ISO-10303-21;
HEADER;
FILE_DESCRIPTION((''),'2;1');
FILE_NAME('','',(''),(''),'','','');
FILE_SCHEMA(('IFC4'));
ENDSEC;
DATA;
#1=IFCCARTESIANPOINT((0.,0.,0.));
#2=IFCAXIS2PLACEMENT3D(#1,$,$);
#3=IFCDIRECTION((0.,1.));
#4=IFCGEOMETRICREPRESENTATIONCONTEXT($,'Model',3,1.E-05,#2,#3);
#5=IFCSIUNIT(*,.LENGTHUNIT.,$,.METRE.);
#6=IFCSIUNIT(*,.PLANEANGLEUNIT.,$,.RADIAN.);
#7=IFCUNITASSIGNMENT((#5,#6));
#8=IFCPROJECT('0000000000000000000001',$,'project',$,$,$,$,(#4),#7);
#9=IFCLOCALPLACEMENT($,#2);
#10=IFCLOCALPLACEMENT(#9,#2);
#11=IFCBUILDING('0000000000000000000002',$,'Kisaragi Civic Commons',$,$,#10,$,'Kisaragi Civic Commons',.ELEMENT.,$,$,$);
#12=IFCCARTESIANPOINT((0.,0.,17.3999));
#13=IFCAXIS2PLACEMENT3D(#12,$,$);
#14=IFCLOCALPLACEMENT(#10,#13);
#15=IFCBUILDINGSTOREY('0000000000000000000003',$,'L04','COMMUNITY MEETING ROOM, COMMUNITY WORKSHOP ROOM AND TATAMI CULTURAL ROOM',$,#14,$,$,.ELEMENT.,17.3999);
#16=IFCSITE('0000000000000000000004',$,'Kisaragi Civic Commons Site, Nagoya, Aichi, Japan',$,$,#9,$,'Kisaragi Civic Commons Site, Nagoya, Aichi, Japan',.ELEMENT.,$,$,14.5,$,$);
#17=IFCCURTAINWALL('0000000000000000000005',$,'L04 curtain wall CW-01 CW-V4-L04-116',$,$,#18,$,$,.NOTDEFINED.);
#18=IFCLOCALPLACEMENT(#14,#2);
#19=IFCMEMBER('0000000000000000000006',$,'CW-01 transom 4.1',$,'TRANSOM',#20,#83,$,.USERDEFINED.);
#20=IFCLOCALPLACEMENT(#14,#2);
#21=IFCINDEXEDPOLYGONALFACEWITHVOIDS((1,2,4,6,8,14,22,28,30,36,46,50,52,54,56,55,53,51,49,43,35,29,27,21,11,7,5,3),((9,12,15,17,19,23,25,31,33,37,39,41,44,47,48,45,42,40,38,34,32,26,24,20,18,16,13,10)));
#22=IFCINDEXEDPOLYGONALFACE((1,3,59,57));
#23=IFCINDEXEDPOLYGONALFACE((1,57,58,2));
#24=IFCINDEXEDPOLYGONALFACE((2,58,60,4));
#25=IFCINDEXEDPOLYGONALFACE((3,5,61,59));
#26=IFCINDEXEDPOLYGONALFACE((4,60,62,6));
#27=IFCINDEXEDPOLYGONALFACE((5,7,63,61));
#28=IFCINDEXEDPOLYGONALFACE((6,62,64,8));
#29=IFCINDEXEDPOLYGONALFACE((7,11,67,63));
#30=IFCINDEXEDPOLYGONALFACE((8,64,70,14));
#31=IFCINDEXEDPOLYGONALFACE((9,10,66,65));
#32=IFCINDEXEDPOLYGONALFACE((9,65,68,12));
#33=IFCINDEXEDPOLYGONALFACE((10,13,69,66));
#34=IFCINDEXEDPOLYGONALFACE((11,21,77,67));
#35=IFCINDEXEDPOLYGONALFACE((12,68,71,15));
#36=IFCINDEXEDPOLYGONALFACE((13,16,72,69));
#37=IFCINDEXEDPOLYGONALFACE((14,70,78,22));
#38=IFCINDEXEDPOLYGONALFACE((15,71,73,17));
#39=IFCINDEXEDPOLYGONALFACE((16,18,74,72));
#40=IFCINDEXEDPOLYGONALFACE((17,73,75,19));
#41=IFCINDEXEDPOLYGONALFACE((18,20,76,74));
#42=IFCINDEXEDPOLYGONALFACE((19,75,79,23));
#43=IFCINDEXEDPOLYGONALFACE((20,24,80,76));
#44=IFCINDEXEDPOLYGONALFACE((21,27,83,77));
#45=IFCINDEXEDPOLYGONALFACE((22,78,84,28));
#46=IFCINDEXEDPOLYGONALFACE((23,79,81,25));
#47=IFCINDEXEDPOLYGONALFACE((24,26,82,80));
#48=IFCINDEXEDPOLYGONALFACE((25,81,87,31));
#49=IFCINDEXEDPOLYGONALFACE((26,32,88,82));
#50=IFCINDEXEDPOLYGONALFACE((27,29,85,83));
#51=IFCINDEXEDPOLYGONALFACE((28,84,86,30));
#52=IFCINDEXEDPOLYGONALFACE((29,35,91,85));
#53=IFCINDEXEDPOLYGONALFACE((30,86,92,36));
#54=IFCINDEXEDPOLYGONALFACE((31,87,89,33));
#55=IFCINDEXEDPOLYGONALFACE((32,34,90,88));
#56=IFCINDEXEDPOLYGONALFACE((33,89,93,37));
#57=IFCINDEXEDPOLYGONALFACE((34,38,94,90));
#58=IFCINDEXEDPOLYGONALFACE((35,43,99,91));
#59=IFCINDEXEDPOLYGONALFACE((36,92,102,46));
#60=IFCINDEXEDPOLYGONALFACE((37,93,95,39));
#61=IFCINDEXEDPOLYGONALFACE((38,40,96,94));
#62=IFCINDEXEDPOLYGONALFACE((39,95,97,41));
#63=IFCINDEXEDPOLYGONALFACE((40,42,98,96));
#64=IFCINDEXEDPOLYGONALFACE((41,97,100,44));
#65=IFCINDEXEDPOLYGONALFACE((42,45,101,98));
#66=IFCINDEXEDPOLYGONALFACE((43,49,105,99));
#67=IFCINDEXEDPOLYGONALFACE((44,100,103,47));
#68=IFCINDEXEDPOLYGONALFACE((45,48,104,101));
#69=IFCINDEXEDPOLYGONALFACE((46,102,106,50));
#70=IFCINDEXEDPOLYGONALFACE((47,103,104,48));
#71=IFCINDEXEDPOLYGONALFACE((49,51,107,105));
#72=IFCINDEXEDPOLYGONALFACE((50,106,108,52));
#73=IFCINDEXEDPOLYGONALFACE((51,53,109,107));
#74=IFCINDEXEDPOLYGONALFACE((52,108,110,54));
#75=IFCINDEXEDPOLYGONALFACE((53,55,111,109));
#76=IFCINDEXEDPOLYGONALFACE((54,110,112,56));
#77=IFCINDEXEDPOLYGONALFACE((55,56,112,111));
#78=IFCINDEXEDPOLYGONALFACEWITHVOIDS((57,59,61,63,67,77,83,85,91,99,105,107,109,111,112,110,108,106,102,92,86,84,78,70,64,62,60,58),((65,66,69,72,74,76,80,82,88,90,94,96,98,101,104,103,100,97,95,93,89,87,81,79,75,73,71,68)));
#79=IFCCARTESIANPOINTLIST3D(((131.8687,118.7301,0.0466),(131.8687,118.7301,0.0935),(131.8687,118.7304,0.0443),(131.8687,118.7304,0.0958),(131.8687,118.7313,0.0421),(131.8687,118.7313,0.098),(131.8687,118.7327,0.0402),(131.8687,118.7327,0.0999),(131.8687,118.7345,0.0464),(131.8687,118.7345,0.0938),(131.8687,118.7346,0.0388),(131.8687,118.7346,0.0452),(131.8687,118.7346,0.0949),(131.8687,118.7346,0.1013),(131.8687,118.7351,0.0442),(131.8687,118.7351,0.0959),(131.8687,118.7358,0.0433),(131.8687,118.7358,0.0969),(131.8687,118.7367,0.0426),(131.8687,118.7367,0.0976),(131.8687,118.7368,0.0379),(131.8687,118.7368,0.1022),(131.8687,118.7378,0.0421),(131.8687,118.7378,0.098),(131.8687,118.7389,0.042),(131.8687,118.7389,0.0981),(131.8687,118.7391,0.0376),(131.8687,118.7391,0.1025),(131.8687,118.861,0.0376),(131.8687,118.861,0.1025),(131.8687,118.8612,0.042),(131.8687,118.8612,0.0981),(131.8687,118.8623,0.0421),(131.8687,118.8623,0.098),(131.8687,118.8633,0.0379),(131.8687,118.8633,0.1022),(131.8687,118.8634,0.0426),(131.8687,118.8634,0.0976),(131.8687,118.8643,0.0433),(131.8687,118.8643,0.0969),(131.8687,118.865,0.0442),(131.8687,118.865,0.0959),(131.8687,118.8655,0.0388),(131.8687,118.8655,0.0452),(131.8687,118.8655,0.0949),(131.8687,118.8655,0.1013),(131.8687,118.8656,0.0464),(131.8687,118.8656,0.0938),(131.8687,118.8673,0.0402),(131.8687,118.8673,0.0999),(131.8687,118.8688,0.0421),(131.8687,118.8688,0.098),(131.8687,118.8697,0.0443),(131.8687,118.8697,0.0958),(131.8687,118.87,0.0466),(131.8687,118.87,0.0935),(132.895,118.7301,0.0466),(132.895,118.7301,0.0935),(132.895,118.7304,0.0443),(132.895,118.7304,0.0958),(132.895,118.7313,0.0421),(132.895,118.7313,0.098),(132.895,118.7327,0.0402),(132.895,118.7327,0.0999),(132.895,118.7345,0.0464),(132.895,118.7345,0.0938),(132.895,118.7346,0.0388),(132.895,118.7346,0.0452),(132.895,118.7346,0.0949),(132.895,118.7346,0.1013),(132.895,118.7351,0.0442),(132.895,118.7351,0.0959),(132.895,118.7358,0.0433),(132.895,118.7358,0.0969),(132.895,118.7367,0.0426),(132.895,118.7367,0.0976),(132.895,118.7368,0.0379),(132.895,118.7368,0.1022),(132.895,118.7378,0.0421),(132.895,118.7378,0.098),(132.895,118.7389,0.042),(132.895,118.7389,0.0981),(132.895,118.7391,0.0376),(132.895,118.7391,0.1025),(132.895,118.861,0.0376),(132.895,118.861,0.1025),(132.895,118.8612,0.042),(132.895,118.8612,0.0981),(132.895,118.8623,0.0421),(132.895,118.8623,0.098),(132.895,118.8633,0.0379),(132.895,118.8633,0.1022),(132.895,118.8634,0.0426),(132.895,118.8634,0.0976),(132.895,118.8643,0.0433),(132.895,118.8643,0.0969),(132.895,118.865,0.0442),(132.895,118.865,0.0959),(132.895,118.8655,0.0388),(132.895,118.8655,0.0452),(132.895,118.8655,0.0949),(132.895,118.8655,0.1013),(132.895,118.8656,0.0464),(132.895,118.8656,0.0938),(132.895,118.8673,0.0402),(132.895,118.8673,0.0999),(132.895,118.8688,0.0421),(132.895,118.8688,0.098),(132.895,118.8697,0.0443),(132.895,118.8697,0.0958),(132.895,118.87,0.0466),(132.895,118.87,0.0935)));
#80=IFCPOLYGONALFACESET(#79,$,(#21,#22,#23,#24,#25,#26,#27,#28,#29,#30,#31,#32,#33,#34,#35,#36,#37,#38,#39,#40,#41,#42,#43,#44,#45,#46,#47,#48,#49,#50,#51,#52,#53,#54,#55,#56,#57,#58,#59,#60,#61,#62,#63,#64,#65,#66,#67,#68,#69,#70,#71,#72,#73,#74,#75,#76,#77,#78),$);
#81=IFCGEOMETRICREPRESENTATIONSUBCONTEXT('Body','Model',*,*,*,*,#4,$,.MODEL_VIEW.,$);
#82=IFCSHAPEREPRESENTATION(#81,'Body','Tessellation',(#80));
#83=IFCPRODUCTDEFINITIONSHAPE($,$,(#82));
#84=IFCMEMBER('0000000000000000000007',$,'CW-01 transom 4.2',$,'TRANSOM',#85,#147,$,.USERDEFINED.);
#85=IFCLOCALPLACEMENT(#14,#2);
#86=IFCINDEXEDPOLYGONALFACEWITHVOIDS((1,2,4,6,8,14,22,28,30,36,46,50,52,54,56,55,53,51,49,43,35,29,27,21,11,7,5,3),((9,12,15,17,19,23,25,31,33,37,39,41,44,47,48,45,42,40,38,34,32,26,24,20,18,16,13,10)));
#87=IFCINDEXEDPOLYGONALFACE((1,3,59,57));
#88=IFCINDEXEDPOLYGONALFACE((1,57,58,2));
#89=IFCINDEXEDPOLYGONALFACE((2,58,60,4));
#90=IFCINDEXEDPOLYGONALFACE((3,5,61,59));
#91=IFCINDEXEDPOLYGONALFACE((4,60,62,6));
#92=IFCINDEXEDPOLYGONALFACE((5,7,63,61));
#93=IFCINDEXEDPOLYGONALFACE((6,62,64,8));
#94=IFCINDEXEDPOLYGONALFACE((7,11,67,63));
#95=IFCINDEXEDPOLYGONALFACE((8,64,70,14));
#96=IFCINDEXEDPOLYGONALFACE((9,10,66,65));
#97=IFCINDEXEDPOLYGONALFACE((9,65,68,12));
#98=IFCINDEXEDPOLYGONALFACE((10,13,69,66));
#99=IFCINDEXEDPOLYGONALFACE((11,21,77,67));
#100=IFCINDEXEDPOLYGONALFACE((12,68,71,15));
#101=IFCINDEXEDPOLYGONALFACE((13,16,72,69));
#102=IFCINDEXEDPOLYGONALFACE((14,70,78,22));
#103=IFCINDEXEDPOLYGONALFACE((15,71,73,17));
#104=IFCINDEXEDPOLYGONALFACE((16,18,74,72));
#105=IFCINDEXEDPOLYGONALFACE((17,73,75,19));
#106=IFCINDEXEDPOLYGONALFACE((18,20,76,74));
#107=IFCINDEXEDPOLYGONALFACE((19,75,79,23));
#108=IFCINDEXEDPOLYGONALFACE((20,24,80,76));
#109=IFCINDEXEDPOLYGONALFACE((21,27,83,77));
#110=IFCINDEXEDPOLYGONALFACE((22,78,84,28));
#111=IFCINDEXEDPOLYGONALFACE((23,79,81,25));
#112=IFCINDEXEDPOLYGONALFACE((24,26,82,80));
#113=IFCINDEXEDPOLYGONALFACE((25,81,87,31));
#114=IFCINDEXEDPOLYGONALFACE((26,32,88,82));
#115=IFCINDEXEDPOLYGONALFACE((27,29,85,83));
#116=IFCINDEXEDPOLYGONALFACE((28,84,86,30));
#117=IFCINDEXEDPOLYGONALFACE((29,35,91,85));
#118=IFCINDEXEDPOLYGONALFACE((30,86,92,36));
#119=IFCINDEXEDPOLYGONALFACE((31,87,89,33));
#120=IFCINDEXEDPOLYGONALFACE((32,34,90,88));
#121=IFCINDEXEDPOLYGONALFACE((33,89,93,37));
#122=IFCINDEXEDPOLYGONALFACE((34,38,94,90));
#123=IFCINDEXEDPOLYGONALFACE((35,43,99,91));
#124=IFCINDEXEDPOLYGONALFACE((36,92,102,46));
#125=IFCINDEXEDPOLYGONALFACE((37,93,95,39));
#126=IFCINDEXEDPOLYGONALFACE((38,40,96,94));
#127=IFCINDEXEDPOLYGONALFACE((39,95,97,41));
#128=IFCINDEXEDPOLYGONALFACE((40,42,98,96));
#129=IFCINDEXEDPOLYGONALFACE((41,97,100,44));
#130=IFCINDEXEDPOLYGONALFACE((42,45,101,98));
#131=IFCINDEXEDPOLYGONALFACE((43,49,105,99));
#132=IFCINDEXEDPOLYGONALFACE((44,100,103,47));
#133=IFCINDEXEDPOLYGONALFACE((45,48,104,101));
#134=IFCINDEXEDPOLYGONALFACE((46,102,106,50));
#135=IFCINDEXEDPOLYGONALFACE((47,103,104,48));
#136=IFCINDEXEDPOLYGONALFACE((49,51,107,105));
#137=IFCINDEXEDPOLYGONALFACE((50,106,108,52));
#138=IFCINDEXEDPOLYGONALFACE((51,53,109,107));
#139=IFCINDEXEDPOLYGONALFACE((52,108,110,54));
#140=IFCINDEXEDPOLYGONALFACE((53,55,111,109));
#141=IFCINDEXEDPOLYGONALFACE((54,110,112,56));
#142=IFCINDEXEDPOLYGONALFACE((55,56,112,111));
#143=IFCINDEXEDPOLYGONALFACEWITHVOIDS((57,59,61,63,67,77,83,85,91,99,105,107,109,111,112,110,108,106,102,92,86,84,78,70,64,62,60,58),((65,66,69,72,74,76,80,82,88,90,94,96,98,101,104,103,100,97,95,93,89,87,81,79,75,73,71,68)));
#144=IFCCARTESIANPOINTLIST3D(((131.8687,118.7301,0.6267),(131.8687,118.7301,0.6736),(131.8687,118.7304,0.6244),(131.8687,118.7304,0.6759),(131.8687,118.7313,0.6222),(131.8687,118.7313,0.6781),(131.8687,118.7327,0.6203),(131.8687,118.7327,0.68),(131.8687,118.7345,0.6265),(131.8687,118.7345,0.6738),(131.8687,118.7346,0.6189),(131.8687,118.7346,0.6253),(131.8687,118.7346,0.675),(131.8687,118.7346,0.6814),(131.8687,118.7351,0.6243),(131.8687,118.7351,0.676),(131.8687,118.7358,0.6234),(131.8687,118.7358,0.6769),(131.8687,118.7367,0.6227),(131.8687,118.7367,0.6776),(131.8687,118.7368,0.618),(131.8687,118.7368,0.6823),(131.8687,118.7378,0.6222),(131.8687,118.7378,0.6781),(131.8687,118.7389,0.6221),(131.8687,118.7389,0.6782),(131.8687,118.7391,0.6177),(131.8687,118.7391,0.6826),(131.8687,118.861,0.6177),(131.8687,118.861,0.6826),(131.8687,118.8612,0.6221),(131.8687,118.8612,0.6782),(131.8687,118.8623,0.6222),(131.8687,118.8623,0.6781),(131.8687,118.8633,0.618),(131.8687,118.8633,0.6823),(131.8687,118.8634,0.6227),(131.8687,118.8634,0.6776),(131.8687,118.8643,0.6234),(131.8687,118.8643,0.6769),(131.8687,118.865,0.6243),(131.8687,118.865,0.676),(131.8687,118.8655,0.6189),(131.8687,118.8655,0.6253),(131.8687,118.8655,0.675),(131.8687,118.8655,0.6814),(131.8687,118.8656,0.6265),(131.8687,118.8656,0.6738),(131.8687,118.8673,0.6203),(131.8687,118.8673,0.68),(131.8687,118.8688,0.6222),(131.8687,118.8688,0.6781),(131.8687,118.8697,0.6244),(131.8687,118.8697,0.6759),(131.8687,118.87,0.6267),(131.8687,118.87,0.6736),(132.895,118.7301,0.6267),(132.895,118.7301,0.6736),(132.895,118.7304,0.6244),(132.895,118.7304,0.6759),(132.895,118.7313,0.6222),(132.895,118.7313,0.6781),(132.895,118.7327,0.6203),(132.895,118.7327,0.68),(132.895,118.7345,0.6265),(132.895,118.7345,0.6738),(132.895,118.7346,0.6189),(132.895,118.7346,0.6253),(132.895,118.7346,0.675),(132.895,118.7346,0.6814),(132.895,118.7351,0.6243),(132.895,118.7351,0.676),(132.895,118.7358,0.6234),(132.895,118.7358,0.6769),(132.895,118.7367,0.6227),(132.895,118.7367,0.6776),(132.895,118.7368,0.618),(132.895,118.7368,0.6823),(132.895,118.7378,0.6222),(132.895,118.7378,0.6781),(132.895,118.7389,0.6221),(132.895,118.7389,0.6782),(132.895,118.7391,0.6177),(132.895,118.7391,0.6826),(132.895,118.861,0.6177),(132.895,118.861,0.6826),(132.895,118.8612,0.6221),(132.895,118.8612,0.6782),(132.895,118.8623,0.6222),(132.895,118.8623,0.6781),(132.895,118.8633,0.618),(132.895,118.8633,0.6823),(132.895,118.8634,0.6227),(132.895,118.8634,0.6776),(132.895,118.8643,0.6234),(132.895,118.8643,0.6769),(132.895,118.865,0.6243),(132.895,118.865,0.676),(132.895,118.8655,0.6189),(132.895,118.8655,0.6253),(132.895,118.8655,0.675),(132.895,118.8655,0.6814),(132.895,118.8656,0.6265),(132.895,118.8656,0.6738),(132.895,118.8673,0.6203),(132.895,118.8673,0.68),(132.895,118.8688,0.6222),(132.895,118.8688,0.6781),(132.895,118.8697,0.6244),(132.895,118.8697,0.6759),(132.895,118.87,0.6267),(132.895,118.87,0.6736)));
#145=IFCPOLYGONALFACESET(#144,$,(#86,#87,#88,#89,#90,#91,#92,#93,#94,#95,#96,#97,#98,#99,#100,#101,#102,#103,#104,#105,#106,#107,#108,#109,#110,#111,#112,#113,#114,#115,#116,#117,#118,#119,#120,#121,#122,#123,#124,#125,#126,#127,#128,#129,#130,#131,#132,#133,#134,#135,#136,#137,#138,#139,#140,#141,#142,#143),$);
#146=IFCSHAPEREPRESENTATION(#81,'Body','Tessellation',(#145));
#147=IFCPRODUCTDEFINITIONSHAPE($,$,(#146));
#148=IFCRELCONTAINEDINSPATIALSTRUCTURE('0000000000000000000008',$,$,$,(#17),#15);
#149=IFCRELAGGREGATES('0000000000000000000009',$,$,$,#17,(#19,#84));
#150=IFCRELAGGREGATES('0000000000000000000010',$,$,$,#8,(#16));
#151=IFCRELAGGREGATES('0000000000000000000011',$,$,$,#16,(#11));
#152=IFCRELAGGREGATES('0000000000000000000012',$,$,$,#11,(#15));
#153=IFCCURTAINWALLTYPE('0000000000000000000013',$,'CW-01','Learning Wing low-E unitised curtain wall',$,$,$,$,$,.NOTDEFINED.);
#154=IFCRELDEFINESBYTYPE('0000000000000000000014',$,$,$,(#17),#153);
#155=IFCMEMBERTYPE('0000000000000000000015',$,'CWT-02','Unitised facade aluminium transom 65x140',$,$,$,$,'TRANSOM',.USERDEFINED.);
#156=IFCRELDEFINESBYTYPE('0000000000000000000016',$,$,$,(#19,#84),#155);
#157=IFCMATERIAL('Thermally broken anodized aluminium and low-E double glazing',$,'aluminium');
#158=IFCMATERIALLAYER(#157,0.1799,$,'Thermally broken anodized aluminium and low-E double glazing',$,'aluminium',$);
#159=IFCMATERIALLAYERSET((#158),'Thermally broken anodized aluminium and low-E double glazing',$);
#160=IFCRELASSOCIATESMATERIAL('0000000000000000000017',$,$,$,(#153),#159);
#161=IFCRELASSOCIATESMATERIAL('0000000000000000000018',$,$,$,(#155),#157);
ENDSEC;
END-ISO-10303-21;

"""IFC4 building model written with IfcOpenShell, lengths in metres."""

from ifc_helpers import new_model, si_unit, direction, frame, origin, origin_2d, place, context, subcontext, project, spatial, hollow_rectangle, extrude, material, layer, layer_set, material_profile, profile_set, type_object, element, aggregate, save


model = new_model("IFC4")

# Units and contexts
model_context = context("Model", 3, precision=1e-05, world=origin(), true_north=direction((0.0, 1.0)))
body_context = subcontext(model_context, "Body", "Model", "MODEL_VIEW")
ifc_project = project(units=[si_unit("LENGTHUNIT", "METRE"), si_unit("PLANEANGLEUNIT", "RADIAN")], contexts=[model_context])

# Site, building, storey
site_placement = place(None, origin())
site = spatial("IfcSite", under=ifc_project, at=site_placement, Name="Kisaragi Civic Commons Site, Nagoya, Aichi, Japan", LongName="Kisaragi Civic Commons Site, Nagoya, Aichi, Japan", CompositionType="ELEMENT", RefElevation=14.5)
building_placement = place(site_placement, origin())
building = spatial("IfcBuilding", under=site, at=building_placement, Name="Kisaragi Civic Commons", LongName="Kisaragi Civic Commons", CompositionType="ELEMENT")
storey_placement = place(building_placement, frame((0.0, 0.0, 17.3999)))
storey = spatial("IfcBuildingStorey", under=building, at=storey_placement, Name="L04", Description="COMMUNITY MEETING ROOM, COMMUNITY WORKSHOP ROOM AND TATAMI CULTURAL ROOM", CompositionType="ELEMENT", Elevation=17.3999)

# Shared definitions
ifc_material_1 = material(Name="Thermally broken anodized aluminium and low-E double glazing", Category="aluminium")
ifc_layer_1 = layer(ifc_material_1, 0.1799, Name="Thermally broken anodized aluminium and low-E double glazing", Category="aluminium")
ifc_layer_set_1 = layer_set([ifc_layer_1], Name="Thermally broken anodized aluminium and low-E double glazing")
curtain_wall_type = type_object("IfcCurtainWallType", Name="CW-01", Description="Learning Wing low-E unitised curtain wall", PredefinedType="NOTDEFINED", material=ifc_layer_set_1)

# Curtain wall, members
curtain_wall_1_placement = place(storey_placement, origin())
curtain_wall_1 = element("IfcCurtainWall", 1, at=curtain_wall_1_placement, inside=storey, type_object=curtain_wall_type, Name="L04 curtain wall CW-01 CW-V4-L04-116", PredefinedType="NOTDEFINED")
ifc_material_profile_1 = material_profile(ifc_material_1, hollow_rectangle(XDim=0.1399, YDim=0.0649, WallThickness=0.0044, InnerFilletRadius=0.0044, OuterFilletRadius=0.009, at=origin_2d()), Name="CWT-65x140x4.5", Category="aluminium")
ifc_profile_set_1 = profile_set([ifc_material_profile_1], Name="Thermally broken anodized aluminium and low-E double glazing")
member_type_1 = type_object("IfcMemberType", Name="CWT-02", Description="Unitised facade aluminium transom 65x140", ElementType="TRANSOM", PredefinedType="USERDEFINED", material=ifc_profile_set_1)
member_1_placement = place(storey_placement, frame((131.8687, 118.8, 0.0701), z_axis=(1.0, 0.0, 0.0), x_axis=(0.0, 1.0, 0.0)))
member_1 = element("IfcMember", 2, at=member_1_placement, type_object=member_type_1, Name="CW-01 transom 4.1", ObjectType="TRANSOM", PredefinedType="USERDEFINED", context=body_context, shape_type="SweptSolid", body=[
    extrude(hollow_rectangle(XDim=0.1399, YDim=0.0649, WallThickness=0.0044, InnerFilletRadius=0.0044, OuterFilletRadius=0.009, at=origin_2d()), origin(), (0.0, 0.0, 1.0), 1.0264),
])
member_2_placement = place(storey_placement, frame((131.8687, 118.8, 0.6501), z_axis=(1.0, 0.0, 0.0), x_axis=(0.0, 1.0, 0.0)))
member_2 = element("IfcMember", 3, at=member_2_placement, type_object=member_type_1, Name="CW-01 transom 4.2", ObjectType="TRANSOM", PredefinedType="USERDEFINED", context=body_context, shape_type="SweptSolid", body=[
    extrude(hollow_rectangle(XDim=0.1399, YDim=0.0649, WallThickness=0.0044, InnerFilletRadius=0.0044, OuterFilletRadius=0.009, at=origin_2d()), origin(), (0.0, 0.0, 1.0), 1.0264),
])

aggregate(curtain_wall_1, [member_1, member_2])

save(model, "model.ifc")
